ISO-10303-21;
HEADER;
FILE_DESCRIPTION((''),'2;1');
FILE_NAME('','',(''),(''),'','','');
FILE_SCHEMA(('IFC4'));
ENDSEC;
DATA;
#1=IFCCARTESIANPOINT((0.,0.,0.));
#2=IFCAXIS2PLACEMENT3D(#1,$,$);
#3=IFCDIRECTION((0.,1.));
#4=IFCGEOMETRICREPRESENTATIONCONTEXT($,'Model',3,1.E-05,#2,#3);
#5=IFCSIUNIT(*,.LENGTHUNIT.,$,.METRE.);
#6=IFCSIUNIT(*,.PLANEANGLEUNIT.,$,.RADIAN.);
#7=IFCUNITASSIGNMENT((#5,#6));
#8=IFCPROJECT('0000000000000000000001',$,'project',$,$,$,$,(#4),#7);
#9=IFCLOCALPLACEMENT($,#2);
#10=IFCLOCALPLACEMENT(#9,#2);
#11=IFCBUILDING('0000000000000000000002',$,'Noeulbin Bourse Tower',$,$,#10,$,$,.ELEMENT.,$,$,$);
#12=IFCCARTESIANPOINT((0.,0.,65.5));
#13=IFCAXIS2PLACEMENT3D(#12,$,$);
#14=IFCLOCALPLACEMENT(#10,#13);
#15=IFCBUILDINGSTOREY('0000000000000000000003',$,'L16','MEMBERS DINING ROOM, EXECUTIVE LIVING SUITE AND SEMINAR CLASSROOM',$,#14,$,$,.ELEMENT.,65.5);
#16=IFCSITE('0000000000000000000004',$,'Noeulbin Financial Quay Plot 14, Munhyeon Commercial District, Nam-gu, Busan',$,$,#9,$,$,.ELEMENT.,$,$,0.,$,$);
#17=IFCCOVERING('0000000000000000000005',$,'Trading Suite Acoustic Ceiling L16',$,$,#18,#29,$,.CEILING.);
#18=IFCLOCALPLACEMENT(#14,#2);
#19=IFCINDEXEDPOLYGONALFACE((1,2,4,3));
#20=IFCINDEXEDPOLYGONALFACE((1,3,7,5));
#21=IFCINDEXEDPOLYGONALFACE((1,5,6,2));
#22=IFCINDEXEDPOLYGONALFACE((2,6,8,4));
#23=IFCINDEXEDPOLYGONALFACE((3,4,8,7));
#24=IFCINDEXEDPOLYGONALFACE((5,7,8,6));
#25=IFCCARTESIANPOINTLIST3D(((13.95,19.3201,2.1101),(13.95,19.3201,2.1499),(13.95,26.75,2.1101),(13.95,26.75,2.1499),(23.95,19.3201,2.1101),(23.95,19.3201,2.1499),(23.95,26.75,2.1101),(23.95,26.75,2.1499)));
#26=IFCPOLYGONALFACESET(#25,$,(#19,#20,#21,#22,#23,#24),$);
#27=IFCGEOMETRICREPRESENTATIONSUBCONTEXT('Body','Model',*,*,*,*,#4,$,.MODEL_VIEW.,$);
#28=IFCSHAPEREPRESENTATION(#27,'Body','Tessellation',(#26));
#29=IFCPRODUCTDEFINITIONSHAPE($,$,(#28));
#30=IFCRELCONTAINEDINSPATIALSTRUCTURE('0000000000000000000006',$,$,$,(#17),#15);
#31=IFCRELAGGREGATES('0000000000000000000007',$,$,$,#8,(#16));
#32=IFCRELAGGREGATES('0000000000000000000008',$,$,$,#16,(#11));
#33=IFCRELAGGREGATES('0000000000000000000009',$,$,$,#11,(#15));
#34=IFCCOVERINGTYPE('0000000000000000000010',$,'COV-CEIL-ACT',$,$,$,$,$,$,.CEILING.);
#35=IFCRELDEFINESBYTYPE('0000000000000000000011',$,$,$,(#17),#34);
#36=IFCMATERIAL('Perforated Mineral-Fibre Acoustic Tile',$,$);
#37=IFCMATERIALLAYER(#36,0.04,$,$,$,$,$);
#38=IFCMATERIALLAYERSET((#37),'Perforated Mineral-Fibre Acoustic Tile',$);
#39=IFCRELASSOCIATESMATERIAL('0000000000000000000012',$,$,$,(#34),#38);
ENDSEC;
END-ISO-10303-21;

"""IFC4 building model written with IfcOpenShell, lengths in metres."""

from ifc_helpers import new_model, si_unit, direction, frame, origin, place, context, subcontext, project, spatial, polyline, outline, extrude, material, layer, layer_set, type_object, element, save


model = new_model("IFC4")

# Units and contexts
model_context = context("Model", 3, precision=1e-05, world=origin(), true_north=direction((0.0, 1.0)))
body_context = subcontext(model_context, "Body", "Model", "MODEL_VIEW")
ifc_project = project(units=[si_unit("LENGTHUNIT", "METRE"), si_unit("PLANEANGLEUNIT", "RADIAN")], contexts=[model_context])

# Site, building, storey
site_placement = place(None, origin())
site = spatial("IfcSite", under=ifc_project, at=site_placement, Name="Noeulbin Financial Quay Plot 14, Munhyeon Commercial District, Nam-gu, Busan", CompositionType="ELEMENT", RefElevation=0.0)
building_placement = place(site_placement, origin())
building = spatial("IfcBuilding", under=site, at=building_placement, Name="Noeulbin Bourse Tower", CompositionType="ELEMENT")
storey_placement = place(building_placement, frame((0.0, 0.0, 65.5)))
storey = spatial("IfcBuildingStorey", under=building, at=storey_placement, Name="L16", Description="MEMBERS DINING ROOM, EXECUTIVE LIVING SUITE AND SEMINAR CLASSROOM", CompositionType="ELEMENT", Elevation=65.5)

# Covering
ifc_material_1 = material(Name="Perforated Mineral-Fibre Acoustic Tile")
ifc_layer_1 = layer(ifc_material_1, 0.04)
ifc_layer_set_1 = layer_set([ifc_layer_1], Name="Perforated Mineral-Fibre Acoustic Tile")
covering_type = type_object("IfcCoveringType", Name="COV-CEIL-ACT", PredefinedType="CEILING", material=ifc_layer_set_1)
covering_1_placement = place(storey_placement, frame((0.0, 0.0, 2.1101)))
element("IfcCovering", 1, at=covering_1_placement, inside=storey, type_object=covering_type, Name="Trading Suite Acoustic Ceiling L16", PredefinedType="CEILING", context=body_context, shape_type="SweptSolid", body=[
    extrude(outline(polyline([(13.95, 19.3201), (23.95, 19.3201), (23.95, 26.75), (13.95, 26.75), (13.95, 19.3201)])), origin(), (0.0, 0.0, 1.0), 0.0398),
])

save(model, "model.ifc")
